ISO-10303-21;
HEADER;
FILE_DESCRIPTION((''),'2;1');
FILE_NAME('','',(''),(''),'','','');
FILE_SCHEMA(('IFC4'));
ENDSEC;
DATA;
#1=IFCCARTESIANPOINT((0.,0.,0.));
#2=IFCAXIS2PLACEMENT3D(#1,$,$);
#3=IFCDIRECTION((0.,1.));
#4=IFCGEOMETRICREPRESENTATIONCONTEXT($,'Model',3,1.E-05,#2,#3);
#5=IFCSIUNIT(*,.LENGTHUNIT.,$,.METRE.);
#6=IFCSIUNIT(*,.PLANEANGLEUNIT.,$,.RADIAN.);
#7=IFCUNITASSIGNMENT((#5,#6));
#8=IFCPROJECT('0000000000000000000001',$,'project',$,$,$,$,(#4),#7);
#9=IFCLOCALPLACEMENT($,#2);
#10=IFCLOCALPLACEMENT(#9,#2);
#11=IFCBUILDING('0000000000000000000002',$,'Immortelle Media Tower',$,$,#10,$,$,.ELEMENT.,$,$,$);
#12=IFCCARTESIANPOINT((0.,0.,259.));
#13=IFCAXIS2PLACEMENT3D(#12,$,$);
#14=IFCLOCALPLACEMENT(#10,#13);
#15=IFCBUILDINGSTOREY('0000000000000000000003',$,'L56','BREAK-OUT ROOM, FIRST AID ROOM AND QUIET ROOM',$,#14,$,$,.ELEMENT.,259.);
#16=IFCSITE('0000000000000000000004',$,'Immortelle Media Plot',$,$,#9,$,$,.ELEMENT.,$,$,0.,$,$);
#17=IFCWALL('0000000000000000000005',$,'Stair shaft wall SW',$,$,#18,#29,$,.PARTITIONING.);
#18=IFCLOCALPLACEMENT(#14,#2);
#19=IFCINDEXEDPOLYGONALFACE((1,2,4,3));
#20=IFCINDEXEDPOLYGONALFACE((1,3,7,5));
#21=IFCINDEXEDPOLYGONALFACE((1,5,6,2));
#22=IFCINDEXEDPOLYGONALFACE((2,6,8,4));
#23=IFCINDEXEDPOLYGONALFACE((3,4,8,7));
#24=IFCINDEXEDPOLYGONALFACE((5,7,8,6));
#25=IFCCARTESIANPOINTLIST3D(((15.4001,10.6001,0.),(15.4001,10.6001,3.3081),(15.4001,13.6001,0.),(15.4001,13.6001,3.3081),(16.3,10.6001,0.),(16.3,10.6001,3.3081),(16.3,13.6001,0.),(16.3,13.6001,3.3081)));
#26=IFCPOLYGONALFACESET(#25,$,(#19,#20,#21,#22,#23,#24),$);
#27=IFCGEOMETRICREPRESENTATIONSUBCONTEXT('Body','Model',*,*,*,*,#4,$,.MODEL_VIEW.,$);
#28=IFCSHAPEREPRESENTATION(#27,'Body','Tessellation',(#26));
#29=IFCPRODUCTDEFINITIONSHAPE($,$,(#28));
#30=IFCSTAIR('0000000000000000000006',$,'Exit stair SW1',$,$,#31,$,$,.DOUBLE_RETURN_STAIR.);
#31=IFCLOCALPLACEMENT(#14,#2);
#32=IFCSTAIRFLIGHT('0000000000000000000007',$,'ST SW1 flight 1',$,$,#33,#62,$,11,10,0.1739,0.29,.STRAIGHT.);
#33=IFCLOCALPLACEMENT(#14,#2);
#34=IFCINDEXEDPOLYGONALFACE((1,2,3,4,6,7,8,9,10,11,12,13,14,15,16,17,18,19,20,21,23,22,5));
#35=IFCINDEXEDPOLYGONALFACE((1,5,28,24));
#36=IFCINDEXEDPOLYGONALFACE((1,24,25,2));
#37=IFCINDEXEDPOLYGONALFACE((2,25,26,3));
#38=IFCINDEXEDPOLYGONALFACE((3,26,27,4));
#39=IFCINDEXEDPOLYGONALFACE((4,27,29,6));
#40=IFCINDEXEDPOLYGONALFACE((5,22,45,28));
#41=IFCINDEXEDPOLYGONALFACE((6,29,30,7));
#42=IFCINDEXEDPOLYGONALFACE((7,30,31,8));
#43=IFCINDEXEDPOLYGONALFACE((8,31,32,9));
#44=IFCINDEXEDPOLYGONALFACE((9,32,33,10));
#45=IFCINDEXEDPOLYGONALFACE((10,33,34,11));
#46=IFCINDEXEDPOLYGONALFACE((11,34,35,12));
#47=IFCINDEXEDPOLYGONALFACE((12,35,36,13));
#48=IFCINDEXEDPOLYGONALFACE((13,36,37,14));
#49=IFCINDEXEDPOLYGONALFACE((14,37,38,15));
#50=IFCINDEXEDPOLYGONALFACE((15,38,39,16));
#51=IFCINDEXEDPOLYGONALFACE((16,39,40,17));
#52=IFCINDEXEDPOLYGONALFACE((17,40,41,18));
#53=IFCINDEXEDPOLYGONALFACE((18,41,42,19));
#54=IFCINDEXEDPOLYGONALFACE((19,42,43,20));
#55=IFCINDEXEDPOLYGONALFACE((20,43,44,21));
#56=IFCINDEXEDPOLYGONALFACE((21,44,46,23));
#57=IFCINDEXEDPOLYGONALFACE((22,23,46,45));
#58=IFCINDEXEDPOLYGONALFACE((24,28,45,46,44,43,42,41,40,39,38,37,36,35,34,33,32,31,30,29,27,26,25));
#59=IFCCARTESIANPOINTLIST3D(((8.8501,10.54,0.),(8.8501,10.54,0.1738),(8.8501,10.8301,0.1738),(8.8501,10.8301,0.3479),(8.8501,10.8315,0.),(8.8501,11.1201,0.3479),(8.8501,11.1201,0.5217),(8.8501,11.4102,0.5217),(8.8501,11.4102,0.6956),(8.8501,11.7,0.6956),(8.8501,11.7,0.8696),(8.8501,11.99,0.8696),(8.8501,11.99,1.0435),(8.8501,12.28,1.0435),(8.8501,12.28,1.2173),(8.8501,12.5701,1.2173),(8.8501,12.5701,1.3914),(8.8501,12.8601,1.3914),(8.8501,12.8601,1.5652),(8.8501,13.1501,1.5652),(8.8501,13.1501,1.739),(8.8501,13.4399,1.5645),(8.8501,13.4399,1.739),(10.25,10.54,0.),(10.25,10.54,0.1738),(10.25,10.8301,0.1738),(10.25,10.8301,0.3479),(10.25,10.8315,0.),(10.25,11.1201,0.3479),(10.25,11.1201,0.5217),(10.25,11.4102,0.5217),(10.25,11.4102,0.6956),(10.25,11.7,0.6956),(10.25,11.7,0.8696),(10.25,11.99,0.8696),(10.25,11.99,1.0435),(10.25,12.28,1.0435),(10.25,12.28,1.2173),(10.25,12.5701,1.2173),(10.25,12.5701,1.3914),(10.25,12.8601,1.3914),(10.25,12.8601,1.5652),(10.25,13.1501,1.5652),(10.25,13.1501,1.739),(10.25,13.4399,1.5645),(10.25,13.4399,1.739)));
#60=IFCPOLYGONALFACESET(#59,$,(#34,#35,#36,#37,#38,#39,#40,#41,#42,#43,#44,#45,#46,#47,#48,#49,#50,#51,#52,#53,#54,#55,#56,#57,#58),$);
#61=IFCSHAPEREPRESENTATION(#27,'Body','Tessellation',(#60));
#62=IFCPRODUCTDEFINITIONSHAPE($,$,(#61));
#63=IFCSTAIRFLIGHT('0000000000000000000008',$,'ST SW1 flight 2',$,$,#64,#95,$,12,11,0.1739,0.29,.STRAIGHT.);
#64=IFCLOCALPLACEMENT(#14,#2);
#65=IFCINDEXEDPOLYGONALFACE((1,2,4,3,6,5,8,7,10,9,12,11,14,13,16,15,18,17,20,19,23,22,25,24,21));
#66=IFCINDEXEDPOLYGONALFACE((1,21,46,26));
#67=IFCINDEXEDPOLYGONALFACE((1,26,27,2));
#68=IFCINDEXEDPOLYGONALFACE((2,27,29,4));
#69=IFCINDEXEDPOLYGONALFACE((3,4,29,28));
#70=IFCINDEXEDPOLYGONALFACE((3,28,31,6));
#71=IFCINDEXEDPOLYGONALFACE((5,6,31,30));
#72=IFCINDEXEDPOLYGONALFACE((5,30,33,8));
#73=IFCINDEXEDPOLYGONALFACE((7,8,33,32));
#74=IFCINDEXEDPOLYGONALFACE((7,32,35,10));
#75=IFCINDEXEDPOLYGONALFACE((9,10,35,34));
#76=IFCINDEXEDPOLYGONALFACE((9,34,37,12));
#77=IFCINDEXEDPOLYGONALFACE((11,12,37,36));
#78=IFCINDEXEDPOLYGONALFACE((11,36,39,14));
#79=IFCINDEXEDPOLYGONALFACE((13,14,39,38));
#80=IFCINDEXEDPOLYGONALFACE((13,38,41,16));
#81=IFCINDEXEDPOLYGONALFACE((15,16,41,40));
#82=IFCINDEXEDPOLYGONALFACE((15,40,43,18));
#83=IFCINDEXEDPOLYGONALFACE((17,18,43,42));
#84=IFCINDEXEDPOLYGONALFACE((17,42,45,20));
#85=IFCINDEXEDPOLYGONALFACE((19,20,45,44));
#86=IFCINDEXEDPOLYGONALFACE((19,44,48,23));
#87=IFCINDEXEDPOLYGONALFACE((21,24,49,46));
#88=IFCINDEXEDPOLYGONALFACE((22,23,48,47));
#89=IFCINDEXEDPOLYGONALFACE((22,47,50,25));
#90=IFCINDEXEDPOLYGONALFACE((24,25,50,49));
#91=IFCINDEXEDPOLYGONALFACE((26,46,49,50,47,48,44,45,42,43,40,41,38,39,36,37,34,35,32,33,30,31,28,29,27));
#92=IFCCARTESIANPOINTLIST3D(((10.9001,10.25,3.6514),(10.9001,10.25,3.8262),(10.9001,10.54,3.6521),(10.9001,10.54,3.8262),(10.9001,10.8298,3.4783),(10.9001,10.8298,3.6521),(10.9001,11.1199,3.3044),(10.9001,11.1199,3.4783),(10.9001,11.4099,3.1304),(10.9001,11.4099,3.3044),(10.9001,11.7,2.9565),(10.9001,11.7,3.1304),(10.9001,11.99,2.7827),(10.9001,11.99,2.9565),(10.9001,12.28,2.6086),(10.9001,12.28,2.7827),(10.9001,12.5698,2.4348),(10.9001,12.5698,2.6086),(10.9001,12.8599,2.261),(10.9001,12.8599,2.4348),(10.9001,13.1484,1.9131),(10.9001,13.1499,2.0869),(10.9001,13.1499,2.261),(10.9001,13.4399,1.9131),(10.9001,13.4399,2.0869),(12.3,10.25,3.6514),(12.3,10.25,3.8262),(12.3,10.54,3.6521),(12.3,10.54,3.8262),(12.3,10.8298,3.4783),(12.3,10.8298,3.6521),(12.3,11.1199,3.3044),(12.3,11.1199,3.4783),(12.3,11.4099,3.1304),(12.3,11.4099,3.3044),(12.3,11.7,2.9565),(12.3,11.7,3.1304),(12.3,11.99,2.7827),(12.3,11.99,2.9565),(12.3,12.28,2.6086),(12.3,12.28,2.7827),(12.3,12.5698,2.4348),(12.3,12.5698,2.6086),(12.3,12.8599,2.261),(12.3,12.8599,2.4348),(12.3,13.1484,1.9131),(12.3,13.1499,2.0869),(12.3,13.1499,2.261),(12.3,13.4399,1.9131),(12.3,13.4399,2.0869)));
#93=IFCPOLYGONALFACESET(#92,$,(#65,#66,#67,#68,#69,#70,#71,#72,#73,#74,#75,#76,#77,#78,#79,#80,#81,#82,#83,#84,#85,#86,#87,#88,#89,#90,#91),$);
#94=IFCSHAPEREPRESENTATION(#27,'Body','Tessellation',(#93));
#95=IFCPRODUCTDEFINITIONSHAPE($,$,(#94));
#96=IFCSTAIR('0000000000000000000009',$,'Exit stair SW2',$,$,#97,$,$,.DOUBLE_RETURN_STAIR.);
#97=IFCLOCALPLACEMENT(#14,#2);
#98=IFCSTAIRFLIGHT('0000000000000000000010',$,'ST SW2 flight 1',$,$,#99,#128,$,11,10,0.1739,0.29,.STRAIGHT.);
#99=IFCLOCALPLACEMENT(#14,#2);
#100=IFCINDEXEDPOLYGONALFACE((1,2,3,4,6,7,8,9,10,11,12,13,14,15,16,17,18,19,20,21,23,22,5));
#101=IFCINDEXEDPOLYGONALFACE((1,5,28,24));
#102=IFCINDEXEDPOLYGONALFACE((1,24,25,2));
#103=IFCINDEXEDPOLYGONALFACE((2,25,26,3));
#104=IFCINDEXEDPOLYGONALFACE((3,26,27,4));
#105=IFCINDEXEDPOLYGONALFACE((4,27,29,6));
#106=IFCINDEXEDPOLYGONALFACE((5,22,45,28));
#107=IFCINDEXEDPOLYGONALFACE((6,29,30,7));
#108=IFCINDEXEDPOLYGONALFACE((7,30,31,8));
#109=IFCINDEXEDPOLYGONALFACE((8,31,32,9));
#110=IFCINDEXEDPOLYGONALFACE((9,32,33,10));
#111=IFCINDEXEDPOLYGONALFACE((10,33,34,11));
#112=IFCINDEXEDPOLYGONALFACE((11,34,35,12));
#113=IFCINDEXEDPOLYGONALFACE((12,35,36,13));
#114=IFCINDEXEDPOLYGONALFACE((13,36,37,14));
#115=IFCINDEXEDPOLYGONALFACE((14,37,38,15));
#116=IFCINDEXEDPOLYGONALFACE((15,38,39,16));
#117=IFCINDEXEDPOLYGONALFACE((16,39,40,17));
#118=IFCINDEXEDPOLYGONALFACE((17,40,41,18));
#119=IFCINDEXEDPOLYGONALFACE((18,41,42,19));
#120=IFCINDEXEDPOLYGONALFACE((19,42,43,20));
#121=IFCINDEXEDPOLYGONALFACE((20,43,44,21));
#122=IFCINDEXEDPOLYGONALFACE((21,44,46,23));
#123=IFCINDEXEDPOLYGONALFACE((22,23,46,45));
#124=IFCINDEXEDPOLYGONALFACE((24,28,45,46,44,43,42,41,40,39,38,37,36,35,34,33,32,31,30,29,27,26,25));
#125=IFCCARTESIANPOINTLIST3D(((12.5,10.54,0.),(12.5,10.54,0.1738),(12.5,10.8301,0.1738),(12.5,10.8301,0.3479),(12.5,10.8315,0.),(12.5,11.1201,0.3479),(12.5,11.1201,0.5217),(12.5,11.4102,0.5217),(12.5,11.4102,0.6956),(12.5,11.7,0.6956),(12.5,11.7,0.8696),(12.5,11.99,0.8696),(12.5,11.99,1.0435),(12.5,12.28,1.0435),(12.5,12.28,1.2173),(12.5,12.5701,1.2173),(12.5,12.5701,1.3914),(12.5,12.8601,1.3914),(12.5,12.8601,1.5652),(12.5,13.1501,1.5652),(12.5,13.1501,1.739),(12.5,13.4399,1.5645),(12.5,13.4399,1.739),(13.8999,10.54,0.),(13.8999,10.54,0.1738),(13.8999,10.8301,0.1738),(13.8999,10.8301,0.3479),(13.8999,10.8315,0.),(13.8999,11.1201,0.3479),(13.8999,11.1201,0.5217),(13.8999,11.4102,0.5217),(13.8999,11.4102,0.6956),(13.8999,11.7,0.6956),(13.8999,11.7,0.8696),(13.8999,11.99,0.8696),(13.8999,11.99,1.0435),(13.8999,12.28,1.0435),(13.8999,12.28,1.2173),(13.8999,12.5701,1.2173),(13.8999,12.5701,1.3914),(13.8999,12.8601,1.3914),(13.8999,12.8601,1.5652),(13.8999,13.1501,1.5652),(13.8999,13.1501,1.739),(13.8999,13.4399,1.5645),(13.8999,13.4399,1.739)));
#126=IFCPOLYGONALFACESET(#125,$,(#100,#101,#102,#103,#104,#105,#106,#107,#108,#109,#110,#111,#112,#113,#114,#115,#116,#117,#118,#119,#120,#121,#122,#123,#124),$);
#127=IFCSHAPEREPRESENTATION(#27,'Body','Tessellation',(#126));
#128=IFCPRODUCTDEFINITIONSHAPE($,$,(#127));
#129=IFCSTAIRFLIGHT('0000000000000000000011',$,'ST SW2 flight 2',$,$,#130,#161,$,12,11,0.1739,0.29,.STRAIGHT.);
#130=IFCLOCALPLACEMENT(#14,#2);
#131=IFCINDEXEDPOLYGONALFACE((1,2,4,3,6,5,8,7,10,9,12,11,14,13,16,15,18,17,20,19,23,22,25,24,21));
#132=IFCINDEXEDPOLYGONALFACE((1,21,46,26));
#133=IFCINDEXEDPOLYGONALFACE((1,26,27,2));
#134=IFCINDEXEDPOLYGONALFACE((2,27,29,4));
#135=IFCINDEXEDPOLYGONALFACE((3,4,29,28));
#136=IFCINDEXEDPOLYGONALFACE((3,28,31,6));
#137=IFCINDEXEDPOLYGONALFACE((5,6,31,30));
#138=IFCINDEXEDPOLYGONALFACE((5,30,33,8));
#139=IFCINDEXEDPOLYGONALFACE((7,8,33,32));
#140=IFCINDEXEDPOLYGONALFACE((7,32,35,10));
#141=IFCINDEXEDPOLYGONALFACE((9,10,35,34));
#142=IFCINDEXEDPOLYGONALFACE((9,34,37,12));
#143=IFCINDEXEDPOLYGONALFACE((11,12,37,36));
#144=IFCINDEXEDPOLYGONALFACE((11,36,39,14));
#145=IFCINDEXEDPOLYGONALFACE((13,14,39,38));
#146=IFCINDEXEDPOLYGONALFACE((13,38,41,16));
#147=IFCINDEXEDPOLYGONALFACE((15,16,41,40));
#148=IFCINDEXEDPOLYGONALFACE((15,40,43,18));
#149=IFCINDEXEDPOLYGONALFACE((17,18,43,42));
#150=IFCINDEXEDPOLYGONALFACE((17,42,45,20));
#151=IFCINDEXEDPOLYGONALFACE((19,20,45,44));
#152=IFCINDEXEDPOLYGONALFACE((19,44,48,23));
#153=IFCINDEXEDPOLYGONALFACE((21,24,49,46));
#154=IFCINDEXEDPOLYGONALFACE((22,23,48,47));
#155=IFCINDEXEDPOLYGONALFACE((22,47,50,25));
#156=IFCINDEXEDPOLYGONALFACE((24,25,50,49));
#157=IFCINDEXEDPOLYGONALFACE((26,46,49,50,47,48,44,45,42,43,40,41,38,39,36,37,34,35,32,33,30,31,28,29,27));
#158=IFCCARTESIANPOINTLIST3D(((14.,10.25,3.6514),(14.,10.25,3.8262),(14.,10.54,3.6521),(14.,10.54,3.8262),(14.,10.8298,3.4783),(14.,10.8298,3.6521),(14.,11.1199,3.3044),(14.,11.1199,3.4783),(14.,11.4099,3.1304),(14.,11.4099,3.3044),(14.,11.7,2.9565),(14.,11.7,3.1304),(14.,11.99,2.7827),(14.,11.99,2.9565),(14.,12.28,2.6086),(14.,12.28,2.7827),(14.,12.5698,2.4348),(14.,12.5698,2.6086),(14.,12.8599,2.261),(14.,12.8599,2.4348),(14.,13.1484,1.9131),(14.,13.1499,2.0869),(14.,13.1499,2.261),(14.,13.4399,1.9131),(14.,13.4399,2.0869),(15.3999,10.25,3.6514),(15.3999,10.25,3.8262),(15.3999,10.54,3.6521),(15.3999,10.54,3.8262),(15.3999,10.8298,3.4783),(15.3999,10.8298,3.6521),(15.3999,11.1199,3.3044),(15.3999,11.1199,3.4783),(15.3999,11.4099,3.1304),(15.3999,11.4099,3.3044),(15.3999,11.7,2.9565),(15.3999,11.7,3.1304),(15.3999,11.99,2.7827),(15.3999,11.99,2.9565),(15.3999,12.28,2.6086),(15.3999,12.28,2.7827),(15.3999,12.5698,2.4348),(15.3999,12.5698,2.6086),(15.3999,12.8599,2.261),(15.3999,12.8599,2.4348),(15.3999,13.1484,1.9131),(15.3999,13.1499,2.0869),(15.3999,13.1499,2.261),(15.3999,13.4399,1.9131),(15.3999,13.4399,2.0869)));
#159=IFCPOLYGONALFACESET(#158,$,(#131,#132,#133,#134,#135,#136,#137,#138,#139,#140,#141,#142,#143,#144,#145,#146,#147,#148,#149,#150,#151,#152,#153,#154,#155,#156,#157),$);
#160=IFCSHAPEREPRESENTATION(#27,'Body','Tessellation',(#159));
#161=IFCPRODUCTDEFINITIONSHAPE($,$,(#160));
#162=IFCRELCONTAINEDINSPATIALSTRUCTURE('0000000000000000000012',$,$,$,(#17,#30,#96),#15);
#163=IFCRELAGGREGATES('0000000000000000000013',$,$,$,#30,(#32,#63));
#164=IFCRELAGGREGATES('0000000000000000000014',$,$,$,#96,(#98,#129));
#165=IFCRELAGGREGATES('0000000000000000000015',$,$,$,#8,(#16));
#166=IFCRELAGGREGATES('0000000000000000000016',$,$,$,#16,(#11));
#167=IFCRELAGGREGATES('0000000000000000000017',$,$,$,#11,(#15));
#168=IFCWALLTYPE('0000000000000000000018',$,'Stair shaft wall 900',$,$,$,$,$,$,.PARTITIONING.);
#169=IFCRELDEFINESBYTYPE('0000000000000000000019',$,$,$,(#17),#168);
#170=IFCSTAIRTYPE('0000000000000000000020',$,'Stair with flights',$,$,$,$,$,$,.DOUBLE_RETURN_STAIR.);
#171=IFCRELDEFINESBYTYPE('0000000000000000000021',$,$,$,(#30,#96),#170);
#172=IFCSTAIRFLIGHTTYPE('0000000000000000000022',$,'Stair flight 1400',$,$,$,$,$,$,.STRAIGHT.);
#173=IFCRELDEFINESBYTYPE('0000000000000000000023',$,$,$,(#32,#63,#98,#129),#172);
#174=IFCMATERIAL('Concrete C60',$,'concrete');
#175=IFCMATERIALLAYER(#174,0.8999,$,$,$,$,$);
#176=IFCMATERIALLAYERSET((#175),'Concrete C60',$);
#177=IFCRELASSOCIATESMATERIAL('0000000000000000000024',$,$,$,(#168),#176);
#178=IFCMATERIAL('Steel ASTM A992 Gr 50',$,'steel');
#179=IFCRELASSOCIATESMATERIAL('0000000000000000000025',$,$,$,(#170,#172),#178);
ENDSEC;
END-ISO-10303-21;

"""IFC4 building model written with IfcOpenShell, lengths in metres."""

from ifc_helpers import new_model, si_unit, direction, frame, frame_2d, origin, place, context, subcontext, project, spatial, polyline, rectangle, outline, extrude, material, layer, layer_set, type_object, element, aggregate, save


model = new_model("IFC4")

# Units and contexts
model_context = context("Model", 3, precision=1e-05, world=origin(), true_north=direction((0.0, 1.0)))
body_context = subcontext(model_context, "Body", "Model", "MODEL_VIEW")
ifc_project = project(units=[si_unit("LENGTHUNIT", "METRE"), si_unit("PLANEANGLEUNIT", "RADIAN")], contexts=[model_context])

# Site, building, storey
site_placement = place(None, origin())
site = spatial("IfcSite", under=ifc_project, at=site_placement, Name="Immortelle Media Plot", CompositionType="ELEMENT", RefElevation=0.0)
building_placement = place(site_placement, origin())
building = spatial("IfcBuilding", under=site, at=building_placement, Name="Immortelle Media Tower", CompositionType="ELEMENT")
storey_placement = place(building_placement, frame((0.0, 0.0, 259.0)))
storey = spatial("IfcBuildingStorey", under=building, at=storey_placement, Name="L56", Description="BREAK-OUT ROOM, FIRST AID ROOM AND QUIET ROOM", CompositionType="ELEMENT", Elevation=259.0)

# Shared definitions
ifc_material_1 = material(Name="Steel ASTM A992 Gr 50", Category="steel")

# Shared definitions
ifc_material_2 = material(Name="Concrete C60", Category="concrete")

# Shared definitions
ifc_layer_1 = layer(ifc_material_2, 0.8999)
ifc_layer_set_1 = layer_set([ifc_layer_1], Name="Concrete C60")
wall_type_1 = type_object("IfcWallType", Name="Stair shaft wall 900", PredefinedType="PARTITIONING", material=ifc_layer_set_1)

# Wall
wall_1_placement = place(storey_placement, frame((15.8501, 10.6001, 0.0), z_axis=(0.0, 0.0, 1.0), x_axis=(0.0, 1.0, 0.0)))
element("IfcWall", 1, at=wall_1_placement, inside=storey, type_object=wall_type_1, Name="Stair shaft wall SW", PredefinedType="PARTITIONING", context=body_context, shape_type="SweptSolid", body=[
    extrude(rectangle(XDim=3.0, YDim=0.8999, at=frame_2d((1.5, 0.0))), origin(), (0.0, 0.0, 1.0), 3.3081),
])

# Stairs, stair flights
stair_type = type_object("IfcStairType", Name="Stair with flights", PredefinedType="DOUBLE_RETURN_STAIR", material=ifc_material_1)
stair_1_placement = place(storey_placement, origin())
stair_1 = element("IfcStair", 2, at=stair_1_placement, inside=storey, type_object=stair_type, Name="Exit stair SW1", PredefinedType="DOUBLE_RETURN_STAIR")
stair_flight_type = type_object("IfcStairFlightType", Name="Stair flight 1400", PredefinedType="STRAIGHT", material=ifc_material_1)
stair_flight_1_placement = place(storey_placement, frame((9.55, 10.54, 0.0), z_axis=(0.0, 0.0, 1.0), x_axis=(0.0, 1.0, 0.0)))
stair_flight_1 = element("IfcStairFlight", 3, at=stair_flight_1_placement, type_object=stair_flight_type, Name="ST SW1 flight 1", NumberOfRisers=11, NumberOfTreads=10, PredefinedType="STRAIGHT", RiserHeight=0.1739, TreadLength=0.29, context=body_context, shape_type="SweptSolid", body=[
    extrude(outline(polyline([(0.0, 0.0), (0.0, 0.1738), (0.29, 0.1738), (0.29, 0.3479), (0.5801, 0.3479), (0.5801, 0.5217), (0.8701, 0.5217), (0.8701, 0.6956), (1.1599, 0.6956), (1.1599, 0.8696), (1.45, 0.8696), (1.45, 1.0435), (1.74, 1.0435), (1.74, 1.2173), (2.03, 1.2173), (2.03, 1.3914), (2.3201, 1.3914), (2.3201, 1.5652), (2.6101, 1.5652), (2.6101, 1.739), (2.8999, 1.739), (2.8999, 1.9131), (2.8999, 1.5645), (0.2915, 0.0), (0.0, 0.0)])), frame((0.0, 0.7, 0.0), z_axis=(0.0, -1.0, 0.0), x_axis=(1.0, 0.0, 0.0)), (0.0, 0.0, 1.0), 1.3999),
])
stair_flight_2_placement = place(storey_placement, frame((11.6001, 13.4399, 1.9131), z_axis=(0.0, 0.0, 1.0), x_axis=(0.0, -1.0, 0.0)))
stair_flight_2 = element("IfcStairFlight", 4, at=stair_flight_2_placement, type_object=stair_flight_type, Name="ST SW1 flight 2", NumberOfRisers=12, NumberOfTreads=11, PredefinedType="STRAIGHT", RiserHeight=0.1739, TreadLength=0.29, context=body_context, shape_type="SweptSolid", body=[
    extrude(outline(polyline([(0.0, 0.0), (0.0, 0.1738), (0.29, 0.1738), (0.29, 0.3479), (0.5801, 0.3479), (0.5801, 0.5217), (0.8701, 0.5217), (0.8701, 0.6956), (1.1599, 0.6956), (1.1599, 0.8696), (1.45, 0.8696), (1.45, 1.0435), (1.74, 1.0435), (1.74, 1.2173), (2.03, 1.2173), (2.03, 1.3914), (2.3201, 1.3914), (2.3201, 1.5652), (2.6101, 1.5652), (2.6101, 1.739), (2.8999, 1.739), (2.8999, 1.9131), (3.1899, 1.9131), (3.1899, 2.0869), (3.1899, 1.7383), (0.2915, 0.0), (0.0, 0.0)])), frame((0.0, 0.7, 0.0), z_axis=(0.0, -1.0, 0.0), x_axis=(1.0, 0.0, 0.0)), (0.0, 0.0, 1.0), 1.3999),
])
aggregate(stair_1, [stair_flight_1, stair_flight_2])
stair_2_placement = place(storey_placement, origin())
stair_2 = element("IfcStair", 5, at=stair_2_placement, inside=storey, type_object=stair_type, Name="Exit stair SW2", PredefinedType="DOUBLE_RETURN_STAIR")
stair_flight_3_placement = place(storey_placement, frame((13.2, 10.54, 0.0), z_axis=(0.0, 0.0, 1.0), x_axis=(0.0, 1.0, 0.0)))
stair_flight_3 = element("IfcStairFlight", 6, at=stair_flight_3_placement, type_object=stair_flight_type, Name="ST SW2 flight 1", NumberOfRisers=11, NumberOfTreads=10, PredefinedType="STRAIGHT", RiserHeight=0.1739, TreadLength=0.29, context=body_context, shape_type="SweptSolid", body=[
    extrude(outline(polyline([(0.0, 0.0), (0.0, 0.1738), (0.29, 0.1738), (0.29, 0.3479), (0.5801, 0.3479), (0.5801, 0.5217), (0.8701, 0.5217), (0.8701, 0.6956), (1.1599, 0.6956), (1.1599, 0.8696), (1.45, 0.8696), (1.45, 1.0435), (1.74, 1.0435), (1.74, 1.2173), (2.03, 1.2173), (2.03, 1.3914), (2.3201, 1.3914), (2.3201, 1.5652), (2.6101, 1.5652), (2.6101, 1.739), (2.8999, 1.739), (2.8999, 1.9131), (2.8999, 1.5645), (0.2915, 0.0), (0.0, 0.0)])), frame((0.0, 0.7, 0.0), z_axis=(0.0, -1.0, 0.0), x_axis=(1.0, 0.0, 0.0)), (0.0, 0.0, 1.0), 1.3999),
])
stair_flight_4_placement = place(storey_placement, frame((14.7, 13.4399, 1.9131), z_axis=(0.0, 0.0, 1.0), x_axis=(0.0, -1.0, 0.0)))
stair_flight_4 = element("IfcStairFlight", 7, at=stair_flight_4_placement, type_object=stair_flight_type, Name="ST SW2 flight 2", NumberOfRisers=12, NumberOfTreads=11, PredefinedType="STRAIGHT", RiserHeight=0.1739, TreadLength=0.29, context=body_context, shape_type="SweptSolid", body=[
    extrude(outline(polyline([(0.0, 0.0), (0.0, 0.1738), (0.29, 0.1738), (0.29, 0.3479), (0.5801, 0.3479), (0.5801, 0.5217), (0.8701, 0.5217), (0.8701, 0.6956), (1.1599, 0.6956), (1.1599, 0.8696), (1.45, 0.8696), (1.45, 1.0435), (1.74, 1.0435), (1.74, 1.2173), (2.03, 1.2173), (2.03, 1.3914), (2.3201, 1.3914), (2.3201, 1.5652), (2.6101, 1.5652), (2.6101, 1.739), (2.8999, 1.739), (2.8999, 1.9131), (3.1899, 1.9131), (3.1899, 2.0869), (3.1899, 1.7383), (0.2915, 0.0), (0.0, 0.0)])), frame((0.0, 0.7, 0.0), z_axis=(0.0, -1.0, 0.0), x_axis=(1.0, 0.0, 0.0)), (0.0, 0.0, 1.0), 1.3999),
])
aggregate(stair_2, [stair_flight_3, stair_flight_4])

save(model, "model.ifc")
